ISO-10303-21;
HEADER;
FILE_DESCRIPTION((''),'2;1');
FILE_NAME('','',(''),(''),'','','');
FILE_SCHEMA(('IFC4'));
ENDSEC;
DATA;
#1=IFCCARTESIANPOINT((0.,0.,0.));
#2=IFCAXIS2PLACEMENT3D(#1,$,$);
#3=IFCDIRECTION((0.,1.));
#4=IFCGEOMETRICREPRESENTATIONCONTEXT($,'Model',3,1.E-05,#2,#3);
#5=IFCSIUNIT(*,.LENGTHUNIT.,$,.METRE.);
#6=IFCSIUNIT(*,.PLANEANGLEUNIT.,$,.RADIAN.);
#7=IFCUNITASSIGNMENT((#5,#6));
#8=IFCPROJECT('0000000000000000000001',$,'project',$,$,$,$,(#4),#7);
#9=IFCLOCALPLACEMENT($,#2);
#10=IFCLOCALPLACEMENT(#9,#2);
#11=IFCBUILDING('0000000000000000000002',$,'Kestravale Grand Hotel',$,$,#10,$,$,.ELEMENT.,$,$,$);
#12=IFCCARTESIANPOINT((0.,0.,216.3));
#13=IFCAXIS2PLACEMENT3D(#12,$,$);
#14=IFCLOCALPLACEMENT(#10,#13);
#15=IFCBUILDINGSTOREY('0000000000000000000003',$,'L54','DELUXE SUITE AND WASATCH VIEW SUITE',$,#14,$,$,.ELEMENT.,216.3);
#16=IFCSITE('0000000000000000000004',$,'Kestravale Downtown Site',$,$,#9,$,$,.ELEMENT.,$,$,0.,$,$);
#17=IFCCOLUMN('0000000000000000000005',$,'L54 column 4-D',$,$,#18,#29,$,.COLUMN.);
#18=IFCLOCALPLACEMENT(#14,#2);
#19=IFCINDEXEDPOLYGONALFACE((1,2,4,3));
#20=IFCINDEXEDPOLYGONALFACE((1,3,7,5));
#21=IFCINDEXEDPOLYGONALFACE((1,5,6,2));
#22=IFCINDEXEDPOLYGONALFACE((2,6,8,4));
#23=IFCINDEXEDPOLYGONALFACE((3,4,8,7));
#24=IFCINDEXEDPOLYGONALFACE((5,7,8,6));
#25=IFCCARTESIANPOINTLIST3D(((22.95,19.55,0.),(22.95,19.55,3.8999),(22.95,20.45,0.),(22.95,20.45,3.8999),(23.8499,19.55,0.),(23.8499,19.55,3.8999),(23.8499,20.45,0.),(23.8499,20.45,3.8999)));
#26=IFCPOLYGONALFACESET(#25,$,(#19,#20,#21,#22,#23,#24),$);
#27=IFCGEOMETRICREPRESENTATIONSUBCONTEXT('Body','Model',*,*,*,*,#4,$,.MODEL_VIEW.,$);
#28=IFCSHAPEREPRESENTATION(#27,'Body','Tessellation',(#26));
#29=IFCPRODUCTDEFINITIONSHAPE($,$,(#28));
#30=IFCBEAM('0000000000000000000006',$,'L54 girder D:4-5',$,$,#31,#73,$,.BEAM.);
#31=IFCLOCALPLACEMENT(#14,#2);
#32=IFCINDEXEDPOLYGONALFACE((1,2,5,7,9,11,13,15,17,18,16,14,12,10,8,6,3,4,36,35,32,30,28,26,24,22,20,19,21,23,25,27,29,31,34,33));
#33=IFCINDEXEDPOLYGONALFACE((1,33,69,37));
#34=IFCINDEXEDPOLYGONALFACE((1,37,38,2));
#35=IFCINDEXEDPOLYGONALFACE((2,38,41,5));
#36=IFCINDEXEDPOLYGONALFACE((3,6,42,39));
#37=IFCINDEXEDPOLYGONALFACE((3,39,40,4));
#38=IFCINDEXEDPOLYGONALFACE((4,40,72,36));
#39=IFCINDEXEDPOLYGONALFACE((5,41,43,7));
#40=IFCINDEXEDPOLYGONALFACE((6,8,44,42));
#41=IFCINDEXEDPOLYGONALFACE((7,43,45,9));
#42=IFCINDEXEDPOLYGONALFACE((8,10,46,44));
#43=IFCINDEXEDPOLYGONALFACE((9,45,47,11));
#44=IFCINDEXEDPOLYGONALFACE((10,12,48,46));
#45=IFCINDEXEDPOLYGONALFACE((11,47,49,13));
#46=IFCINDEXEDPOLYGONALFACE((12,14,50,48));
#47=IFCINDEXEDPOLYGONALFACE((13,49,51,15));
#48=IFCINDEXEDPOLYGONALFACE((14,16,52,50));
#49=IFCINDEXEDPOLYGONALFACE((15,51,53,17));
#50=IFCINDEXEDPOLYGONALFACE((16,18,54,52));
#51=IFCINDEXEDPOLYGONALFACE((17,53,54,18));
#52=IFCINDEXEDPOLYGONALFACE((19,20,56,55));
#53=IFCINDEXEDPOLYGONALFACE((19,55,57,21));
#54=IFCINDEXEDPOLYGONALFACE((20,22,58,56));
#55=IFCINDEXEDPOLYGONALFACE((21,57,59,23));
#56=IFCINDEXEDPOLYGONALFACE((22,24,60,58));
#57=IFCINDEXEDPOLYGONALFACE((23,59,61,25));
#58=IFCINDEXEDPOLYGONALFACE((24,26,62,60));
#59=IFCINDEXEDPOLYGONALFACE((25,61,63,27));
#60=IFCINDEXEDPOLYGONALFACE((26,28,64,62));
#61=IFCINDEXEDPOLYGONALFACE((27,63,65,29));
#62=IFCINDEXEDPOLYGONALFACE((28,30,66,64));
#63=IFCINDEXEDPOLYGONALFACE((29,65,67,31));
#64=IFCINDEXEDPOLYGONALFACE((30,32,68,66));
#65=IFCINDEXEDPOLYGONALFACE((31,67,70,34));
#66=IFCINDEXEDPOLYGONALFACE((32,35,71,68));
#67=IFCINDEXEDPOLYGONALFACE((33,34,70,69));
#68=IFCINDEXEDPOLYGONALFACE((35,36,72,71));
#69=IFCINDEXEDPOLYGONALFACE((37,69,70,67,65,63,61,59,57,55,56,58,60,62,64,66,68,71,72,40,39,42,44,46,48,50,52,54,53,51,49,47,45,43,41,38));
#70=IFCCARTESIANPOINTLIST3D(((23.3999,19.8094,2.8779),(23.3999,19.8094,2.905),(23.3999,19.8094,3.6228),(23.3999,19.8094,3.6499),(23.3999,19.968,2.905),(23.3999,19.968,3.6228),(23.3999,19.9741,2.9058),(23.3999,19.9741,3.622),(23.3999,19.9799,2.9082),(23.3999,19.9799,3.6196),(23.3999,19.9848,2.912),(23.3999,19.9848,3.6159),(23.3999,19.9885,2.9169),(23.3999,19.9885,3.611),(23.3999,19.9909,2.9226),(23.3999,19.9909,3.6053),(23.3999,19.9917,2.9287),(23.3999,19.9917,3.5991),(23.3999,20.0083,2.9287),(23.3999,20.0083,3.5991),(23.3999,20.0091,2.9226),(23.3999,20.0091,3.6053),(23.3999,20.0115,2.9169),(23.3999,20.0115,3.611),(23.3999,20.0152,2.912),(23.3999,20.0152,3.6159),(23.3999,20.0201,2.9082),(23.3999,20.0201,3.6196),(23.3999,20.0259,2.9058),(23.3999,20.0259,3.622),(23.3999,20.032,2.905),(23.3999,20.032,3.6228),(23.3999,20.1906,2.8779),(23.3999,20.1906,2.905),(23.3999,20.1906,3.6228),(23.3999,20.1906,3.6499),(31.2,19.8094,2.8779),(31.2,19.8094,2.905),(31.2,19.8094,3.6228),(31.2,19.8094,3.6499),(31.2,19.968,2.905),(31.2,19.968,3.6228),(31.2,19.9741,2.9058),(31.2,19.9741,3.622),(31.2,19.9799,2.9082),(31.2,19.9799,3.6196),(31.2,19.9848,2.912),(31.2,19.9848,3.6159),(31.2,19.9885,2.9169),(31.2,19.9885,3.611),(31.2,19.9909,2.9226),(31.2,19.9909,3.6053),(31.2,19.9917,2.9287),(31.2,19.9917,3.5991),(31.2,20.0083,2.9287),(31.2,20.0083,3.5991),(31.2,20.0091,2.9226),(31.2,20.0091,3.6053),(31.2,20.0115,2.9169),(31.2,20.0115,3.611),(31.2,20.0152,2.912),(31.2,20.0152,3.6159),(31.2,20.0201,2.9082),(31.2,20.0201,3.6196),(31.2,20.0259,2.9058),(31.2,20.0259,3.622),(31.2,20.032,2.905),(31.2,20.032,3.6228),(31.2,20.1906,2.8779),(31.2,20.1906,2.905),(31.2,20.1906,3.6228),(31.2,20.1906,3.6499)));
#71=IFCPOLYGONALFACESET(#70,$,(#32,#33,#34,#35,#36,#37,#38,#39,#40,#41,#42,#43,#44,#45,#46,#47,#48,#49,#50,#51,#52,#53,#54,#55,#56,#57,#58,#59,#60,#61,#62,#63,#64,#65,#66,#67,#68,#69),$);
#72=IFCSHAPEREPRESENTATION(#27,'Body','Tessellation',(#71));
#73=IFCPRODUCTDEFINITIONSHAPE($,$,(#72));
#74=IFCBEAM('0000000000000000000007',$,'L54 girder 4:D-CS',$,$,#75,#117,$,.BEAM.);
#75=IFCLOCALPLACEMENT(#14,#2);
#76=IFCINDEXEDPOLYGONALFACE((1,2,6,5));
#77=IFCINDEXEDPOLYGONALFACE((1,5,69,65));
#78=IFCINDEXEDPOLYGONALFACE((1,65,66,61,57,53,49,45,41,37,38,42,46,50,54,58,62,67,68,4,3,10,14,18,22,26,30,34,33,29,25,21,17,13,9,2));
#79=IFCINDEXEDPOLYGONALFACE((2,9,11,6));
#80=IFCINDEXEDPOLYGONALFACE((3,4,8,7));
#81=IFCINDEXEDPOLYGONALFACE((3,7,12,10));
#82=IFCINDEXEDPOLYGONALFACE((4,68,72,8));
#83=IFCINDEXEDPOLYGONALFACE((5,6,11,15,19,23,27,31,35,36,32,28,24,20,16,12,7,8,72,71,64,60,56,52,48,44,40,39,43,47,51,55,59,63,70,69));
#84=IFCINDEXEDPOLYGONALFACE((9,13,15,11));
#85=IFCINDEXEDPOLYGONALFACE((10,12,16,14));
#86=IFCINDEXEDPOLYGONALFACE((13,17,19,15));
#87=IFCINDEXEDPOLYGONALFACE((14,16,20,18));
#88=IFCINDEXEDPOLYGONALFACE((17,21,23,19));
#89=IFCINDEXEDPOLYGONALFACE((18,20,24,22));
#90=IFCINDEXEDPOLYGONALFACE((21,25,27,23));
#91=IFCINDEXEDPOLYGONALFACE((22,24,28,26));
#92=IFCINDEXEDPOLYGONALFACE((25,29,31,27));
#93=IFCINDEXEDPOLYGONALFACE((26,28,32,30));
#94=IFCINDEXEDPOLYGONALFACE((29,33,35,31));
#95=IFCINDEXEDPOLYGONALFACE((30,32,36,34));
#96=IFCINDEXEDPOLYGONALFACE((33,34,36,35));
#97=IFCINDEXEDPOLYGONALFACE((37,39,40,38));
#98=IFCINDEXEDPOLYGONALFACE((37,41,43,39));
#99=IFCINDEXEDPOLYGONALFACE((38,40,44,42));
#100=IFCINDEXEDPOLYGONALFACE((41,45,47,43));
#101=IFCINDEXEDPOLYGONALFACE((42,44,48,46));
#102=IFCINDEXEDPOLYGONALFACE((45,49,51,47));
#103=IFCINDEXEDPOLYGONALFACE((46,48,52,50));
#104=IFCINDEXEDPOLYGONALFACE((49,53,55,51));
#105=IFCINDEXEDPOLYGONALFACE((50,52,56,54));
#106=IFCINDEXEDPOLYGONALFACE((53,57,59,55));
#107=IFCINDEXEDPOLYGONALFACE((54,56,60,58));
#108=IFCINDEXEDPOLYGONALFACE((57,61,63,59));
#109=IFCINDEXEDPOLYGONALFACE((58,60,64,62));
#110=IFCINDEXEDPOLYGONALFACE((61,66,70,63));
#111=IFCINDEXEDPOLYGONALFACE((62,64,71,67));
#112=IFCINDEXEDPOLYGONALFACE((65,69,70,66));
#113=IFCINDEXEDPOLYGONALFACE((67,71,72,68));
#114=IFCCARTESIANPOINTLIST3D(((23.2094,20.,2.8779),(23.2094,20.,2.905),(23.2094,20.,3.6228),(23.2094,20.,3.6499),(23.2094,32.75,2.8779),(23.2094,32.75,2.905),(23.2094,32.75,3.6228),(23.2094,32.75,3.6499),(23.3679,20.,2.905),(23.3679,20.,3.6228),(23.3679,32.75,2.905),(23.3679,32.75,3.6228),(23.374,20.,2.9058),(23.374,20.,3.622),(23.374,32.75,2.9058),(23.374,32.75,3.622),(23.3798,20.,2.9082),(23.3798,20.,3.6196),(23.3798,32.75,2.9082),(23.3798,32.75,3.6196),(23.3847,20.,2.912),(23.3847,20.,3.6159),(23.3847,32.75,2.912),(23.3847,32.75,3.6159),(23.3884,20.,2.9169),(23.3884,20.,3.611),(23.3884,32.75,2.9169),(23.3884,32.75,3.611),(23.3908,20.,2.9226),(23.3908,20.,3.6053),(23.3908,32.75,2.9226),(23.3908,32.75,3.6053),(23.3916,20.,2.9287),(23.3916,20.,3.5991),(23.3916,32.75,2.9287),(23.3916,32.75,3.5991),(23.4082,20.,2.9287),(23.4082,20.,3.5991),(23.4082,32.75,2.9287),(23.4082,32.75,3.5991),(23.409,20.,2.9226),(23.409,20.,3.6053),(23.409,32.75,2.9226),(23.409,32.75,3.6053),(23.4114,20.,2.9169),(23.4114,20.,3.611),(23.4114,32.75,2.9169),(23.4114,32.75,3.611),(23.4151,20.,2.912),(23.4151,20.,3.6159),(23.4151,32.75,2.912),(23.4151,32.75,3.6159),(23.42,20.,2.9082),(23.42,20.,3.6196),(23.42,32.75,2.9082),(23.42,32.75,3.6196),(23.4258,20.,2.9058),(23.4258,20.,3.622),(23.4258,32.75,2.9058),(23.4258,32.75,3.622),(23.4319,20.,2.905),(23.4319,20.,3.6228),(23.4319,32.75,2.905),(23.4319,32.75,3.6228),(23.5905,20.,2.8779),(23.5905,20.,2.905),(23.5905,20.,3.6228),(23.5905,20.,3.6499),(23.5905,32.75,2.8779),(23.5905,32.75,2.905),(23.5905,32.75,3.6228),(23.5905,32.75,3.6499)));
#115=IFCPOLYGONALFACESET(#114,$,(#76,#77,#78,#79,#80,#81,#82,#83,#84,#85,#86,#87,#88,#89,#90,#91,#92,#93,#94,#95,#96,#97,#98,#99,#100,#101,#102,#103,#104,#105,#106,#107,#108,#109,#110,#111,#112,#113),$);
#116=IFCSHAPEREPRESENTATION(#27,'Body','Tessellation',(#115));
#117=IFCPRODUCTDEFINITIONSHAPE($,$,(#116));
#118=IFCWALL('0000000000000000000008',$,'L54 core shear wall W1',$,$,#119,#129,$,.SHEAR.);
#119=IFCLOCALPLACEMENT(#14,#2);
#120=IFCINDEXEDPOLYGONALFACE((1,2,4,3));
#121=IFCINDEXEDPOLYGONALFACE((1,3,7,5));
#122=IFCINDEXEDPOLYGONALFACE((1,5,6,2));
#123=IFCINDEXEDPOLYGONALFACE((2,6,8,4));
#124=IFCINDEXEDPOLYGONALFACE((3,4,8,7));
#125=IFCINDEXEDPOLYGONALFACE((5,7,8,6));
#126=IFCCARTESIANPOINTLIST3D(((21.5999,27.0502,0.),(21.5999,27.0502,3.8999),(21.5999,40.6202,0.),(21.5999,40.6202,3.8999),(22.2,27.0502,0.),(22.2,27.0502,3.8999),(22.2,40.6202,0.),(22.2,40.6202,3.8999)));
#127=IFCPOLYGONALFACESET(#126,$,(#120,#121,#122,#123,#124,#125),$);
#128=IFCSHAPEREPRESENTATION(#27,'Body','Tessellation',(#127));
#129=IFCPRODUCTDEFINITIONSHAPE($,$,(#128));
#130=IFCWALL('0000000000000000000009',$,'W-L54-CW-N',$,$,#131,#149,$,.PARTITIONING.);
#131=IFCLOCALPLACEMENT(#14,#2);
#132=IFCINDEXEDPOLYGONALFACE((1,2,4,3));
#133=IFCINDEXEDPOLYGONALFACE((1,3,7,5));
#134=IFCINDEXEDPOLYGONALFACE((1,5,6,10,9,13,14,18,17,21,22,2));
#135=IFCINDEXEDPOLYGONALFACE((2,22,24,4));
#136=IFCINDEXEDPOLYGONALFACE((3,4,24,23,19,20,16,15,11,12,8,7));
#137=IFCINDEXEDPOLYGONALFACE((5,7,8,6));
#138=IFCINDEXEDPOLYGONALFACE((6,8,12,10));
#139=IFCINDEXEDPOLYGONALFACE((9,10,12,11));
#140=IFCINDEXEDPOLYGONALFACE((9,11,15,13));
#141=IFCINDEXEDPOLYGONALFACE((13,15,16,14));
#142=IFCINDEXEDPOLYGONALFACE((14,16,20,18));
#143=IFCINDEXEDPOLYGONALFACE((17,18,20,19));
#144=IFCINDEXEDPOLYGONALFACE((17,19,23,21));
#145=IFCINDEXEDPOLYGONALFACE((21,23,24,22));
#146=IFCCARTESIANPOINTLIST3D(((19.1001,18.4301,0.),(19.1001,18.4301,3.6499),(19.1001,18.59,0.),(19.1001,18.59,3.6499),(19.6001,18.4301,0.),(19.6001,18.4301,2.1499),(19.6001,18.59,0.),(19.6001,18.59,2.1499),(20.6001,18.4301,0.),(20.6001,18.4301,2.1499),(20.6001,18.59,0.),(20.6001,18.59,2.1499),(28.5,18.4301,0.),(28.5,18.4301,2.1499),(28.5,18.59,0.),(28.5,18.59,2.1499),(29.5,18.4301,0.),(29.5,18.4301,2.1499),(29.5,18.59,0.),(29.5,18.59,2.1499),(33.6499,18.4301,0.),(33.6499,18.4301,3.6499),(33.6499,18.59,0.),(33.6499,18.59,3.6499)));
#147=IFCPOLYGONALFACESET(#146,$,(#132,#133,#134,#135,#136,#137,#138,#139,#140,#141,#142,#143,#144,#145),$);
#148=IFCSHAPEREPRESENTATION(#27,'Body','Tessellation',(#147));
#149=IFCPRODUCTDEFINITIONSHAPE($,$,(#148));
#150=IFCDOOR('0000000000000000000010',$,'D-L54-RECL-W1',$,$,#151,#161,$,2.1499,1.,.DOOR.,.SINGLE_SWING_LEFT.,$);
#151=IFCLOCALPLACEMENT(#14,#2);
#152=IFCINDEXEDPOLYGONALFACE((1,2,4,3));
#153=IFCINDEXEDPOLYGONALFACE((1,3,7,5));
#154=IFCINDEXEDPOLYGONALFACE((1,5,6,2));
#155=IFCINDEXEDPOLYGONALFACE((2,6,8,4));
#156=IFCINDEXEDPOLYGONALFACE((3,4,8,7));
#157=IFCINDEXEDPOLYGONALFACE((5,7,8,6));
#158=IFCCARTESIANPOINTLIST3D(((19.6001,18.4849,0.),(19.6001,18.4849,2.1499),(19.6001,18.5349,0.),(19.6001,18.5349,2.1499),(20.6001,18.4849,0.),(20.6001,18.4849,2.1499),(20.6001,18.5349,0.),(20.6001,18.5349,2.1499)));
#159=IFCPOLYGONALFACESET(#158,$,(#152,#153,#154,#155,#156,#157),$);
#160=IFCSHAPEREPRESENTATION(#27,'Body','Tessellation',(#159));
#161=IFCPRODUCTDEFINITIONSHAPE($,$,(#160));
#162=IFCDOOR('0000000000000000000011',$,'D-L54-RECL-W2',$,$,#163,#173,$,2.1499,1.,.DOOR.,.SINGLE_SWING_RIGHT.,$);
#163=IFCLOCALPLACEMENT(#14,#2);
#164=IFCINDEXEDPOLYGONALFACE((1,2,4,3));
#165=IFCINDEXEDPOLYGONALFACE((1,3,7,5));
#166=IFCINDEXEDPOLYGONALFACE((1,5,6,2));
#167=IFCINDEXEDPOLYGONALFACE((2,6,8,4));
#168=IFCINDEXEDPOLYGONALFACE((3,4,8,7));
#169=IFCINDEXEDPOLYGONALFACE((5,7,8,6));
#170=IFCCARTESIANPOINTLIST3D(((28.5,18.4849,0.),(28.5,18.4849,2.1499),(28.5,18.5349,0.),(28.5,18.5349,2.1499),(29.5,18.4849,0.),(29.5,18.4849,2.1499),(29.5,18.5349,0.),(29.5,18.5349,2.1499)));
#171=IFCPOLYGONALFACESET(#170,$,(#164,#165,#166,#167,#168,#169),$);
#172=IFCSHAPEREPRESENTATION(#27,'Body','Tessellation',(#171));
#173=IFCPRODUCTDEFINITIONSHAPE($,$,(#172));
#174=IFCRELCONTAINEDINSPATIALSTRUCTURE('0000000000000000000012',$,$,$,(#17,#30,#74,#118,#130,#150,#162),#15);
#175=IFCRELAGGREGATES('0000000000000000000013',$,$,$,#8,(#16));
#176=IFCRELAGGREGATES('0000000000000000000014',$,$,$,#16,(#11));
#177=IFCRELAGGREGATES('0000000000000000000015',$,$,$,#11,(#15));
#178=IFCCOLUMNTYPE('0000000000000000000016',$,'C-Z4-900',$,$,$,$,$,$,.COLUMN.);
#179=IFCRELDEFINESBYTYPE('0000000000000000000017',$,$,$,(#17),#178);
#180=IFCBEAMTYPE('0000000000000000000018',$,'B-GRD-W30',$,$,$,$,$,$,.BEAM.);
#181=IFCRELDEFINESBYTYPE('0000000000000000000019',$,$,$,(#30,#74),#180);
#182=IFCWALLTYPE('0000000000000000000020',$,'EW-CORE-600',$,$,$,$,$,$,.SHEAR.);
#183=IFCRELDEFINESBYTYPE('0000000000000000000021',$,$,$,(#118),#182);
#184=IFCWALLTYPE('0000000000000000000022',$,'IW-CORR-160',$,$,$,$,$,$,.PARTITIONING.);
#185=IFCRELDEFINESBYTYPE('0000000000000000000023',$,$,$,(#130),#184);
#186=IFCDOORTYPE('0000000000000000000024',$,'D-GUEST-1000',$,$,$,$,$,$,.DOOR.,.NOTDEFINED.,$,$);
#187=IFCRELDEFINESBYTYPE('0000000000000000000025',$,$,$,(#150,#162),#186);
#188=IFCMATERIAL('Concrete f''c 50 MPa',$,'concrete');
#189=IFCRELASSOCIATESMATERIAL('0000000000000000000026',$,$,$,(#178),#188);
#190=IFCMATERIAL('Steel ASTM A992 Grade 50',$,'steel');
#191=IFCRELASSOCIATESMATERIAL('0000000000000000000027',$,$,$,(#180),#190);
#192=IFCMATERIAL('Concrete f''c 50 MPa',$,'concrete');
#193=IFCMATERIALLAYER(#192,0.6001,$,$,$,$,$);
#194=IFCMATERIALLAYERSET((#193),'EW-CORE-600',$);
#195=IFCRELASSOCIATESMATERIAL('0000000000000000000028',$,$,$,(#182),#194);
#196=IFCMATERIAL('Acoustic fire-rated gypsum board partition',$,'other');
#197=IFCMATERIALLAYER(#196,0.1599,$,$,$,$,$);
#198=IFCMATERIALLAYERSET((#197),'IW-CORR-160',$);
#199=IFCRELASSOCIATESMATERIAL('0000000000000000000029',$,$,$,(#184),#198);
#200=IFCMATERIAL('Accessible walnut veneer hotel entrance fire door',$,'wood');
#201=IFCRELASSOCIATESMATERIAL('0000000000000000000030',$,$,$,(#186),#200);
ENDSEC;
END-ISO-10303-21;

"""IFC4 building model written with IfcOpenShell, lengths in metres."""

from ifc_helpers import new_model, si_unit, direction, frame, frame_2d, origin, origin_2d, place, context, subcontext, project, spatial, rectangle, i_section, extrude, material, layer, layer_set, material_profile, profile_set, type_object, element, fill, save


model = new_model("IFC4")

# Units and contexts
model_context = context("Model", 3, precision=1e-05, world=origin(), true_north=direction((0.0, 1.0)))
body_context = subcontext(model_context, "Body", "Model", "MODEL_VIEW")
ifc_project = project(units=[si_unit("LENGTHUNIT", "METRE"), si_unit("PLANEANGLEUNIT", "RADIAN")], contexts=[model_context])

# Site, building, storey
site_placement = place(None, origin())
site = spatial("IfcSite", under=ifc_project, at=site_placement, Name="Kestravale Downtown Site", CompositionType="ELEMENT", RefElevation=0.0)
building_placement = place(site_placement, origin())
building = spatial("IfcBuilding", under=site, at=building_placement, Name="Kestravale Grand Hotel", CompositionType="ELEMENT")
storey_placement = place(building_placement, frame((0.0, 0.0, 216.3)))
storey = spatial("IfcBuildingStorey", under=building, at=storey_placement, Name="L54", Description="DELUXE SUITE AND WASATCH VIEW SUITE", CompositionType="ELEMENT", Elevation=216.3)

# Column
ifc_material_1 = material(Name="Concrete f'c 50 MPa", Category="concrete")
ifc_material_profile_1 = material_profile(ifc_material_1, rectangle(XDim=0.8999, YDim=0.8999, at=origin_2d()))
ifc_profile_set_1 = profile_set([ifc_material_profile_1], Name="Concrete f'c 50 MPa")
column_type = type_object("IfcColumnType", Name="C-Z4-900", PredefinedType="COLUMN", material=ifc_profile_set_1)
column_placement = place(storey_placement, frame((23.3999, 20.0, 0.0), z_axis=(0.0, 0.0, 1.0), x_axis=(1.0, 0.0, 0.0)))
element("IfcColumn", 1, at=column_placement, inside=storey, type_object=column_type, Name="L54 column 4-D", PredefinedType="COLUMN", context=body_context, shape_type="SweptSolid", body=[
    extrude(rectangle(XDim=0.8999, YDim=0.8999, at=origin_2d()), origin(), (0.0, 0.0, 1.0), 3.8999),
])

# Beams
ifc_material_2 = material(Name="Steel ASTM A992 Grade 50", Category="steel")
ifc_material_profile_2 = material_profile(ifc_material_2, i_section(OverallWidth=0.3811, OverallDepth=0.772, WebThickness=0.0166, FlangeThickness=0.0271, FilletRadius=0.0237, at=origin_2d()))
ifc_profile_set_2 = profile_set([ifc_material_profile_2], Name="Steel ASTM A992 Grade 50")
beam_type = type_object("IfcBeamType", Name="B-GRD-W30", PredefinedType="BEAM", material=ifc_profile_set_2)
beam_1_placement = place(storey_placement, frame((23.3999, 20.0, 3.2639), z_axis=(1.0, 0.0, 0.0), x_axis=(0.0, 1.0, 0.0)))
element("IfcBeam", 2, at=beam_1_placement, inside=storey, type_object=beam_type, Name="L54 girder D:4-5", PredefinedType="BEAM", context=body_context, shape_type="SweptSolid", body=[
    extrude(i_section(OverallWidth=0.3811, OverallDepth=0.772, WebThickness=0.0166, FlangeThickness=0.0271, FilletRadius=0.0237, at=origin_2d()), origin(), (0.0, 0.0, 1.0), 7.8),
])
beam_2_placement = place(storey_placement, frame((23.3999, 20.0, 3.2639), z_axis=(0.0, 1.0, 0.0), x_axis=(-1.0, 0.0, 0.0)))
element("IfcBeam", 3, at=beam_2_placement, inside=storey, type_object=beam_type, Name="L54 girder 4:D-CS", PredefinedType="BEAM", context=body_context, shape_type="SweptSolid", body=[
    extrude(i_section(OverallWidth=0.3811, OverallDepth=0.772, WebThickness=0.0166, FlangeThickness=0.0271, FilletRadius=0.0237, at=origin_2d()), origin(), (0.0, 0.0, 1.0), 12.75),
])

# Wall
ifc_material_3 = material(Name="Concrete f'c 50 MPa", Category="concrete")
ifc_layer_1 = layer(ifc_material_3, 0.6001)
ifc_layer_set_1 = layer_set([ifc_layer_1], Name="EW-CORE-600")
wall_type_1 = type_object("IfcWallType", Name="EW-CORE-600", PredefinedType="SHEAR", material=ifc_layer_set_1)
wall_1_placement = place(storey_placement, frame((21.8999, 27.05, 0.0), z_axis=(0.0, 0.0, 1.0), x_axis=(0.0, 1.0, 0.0)))
element("IfcWall", 4, at=wall_1_placement, inside=storey, type_object=wall_type_1, Name="L54 core shear wall W1", PredefinedType="SHEAR", context=body_context, shape_type="SweptSolid", body=[
    extrude(rectangle(XDim=13.5701, YDim=0.6001, at=frame_2d((6.7852, 0.0))), origin(), (0.0, 0.0, 1.0), 3.8999),
])

# Wall, openings, doors
ifc_material_4 = material(Name="Acoustic fire-rated gypsum board partition", Category="other")
ifc_layer_2 = layer(ifc_material_4, 0.1599)
ifc_layer_set_2 = layer_set([ifc_layer_2], Name="IW-CORR-160")
wall_type_2 = type_object("IfcWallType", Name="IW-CORR-160", PredefinedType="PARTITIONING", material=ifc_layer_set_2)
wall_2_placement = place(storey_placement, frame((19.1001, 18.51, 0.0), z_axis=(0.0, 0.0, 1.0), x_axis=(1.0, 0.0, 0.0)))
wall_2 = element("IfcWall", 5, at=wall_2_placement, inside=storey, type_object=wall_type_2, Name="W-L54-CW-N", PredefinedType="PARTITIONING", context=body_context, shape_type="SweptSolid", body=[
    extrude(rectangle(XDim=14.5498, YDim=0.1599, at=frame_2d((7.2749, 0.0))), origin(), (0.0, 0.0, 1.0), 3.6499),
])
opening_1_placement = place(wall_2_placement, frame((0.5, 0.0, 0.0)))
opening_1 = element("IfcOpeningElement", 6, at=opening_1_placement, cuts=wall_2, PredefinedType="OPENING", context=body_context, shape_type="SweptSolid", body=[
    extrude(rectangle(XDim=1.0, YDim=2.1499, at=frame_2d((0.5, 1.075))), frame((0.0, 0.0898, 0.0), z_axis=(0.0, -1.0, 0.0), x_axis=(1.0, 0.0, 0.0)), (0.0, 0.0, 1.0), 0.1799),
])
opening_2_placement = place(wall_2_placement, frame((9.3999, 0.0, 0.0)))
opening_2 = element("IfcOpeningElement", 7, at=opening_2_placement, cuts=wall_2, PredefinedType="OPENING", context=body_context, shape_type="SweptSolid", body=[
    extrude(rectangle(XDim=1.0, YDim=2.1499, at=frame_2d((0.5, 1.075))), frame((0.0, 0.0898, 0.0), z_axis=(0.0, -1.0, 0.0), x_axis=(1.0, 0.0, 0.0)), (0.0, 0.0, 1.0), 0.1799),
])
ifc_material_5 = material(Name="Accessible walnut veneer hotel entrance fire door", Category="wood")
door_type_1 = type_object("IfcDoorType", Name="D-GUEST-1000", OperationType="NOTDEFINED", PredefinedType="DOOR", material=ifc_material_5)
door_1_placement = place(opening_1_placement, origin())
door_1 = element("IfcDoor", 8, at=door_1_placement, inside=storey, type_object=door_type_1, Name="D-L54-RECL-W1", OperationType="SINGLE_SWING_LEFT", OverallHeight=2.1499, OverallWidth=1.0, PredefinedType="DOOR", context=body_context, shape_type="SweptSolid", body=[
    extrude(rectangle(XDim=1.0, YDim=2.1499, at=frame_2d((0.5, 1.075))), frame((0.0, 0.0249, 0.0), z_axis=(0.0, -1.0, 0.0), x_axis=(1.0, 0.0, 0.0)), (0.0, 0.0, 1.0), 0.05),
])
fill(opening_1, door_1)
door_2_placement = place(opening_2_placement, origin())
door_2 = element("IfcDoor", 9, at=door_2_placement, inside=storey, type_object=door_type_1, Name="D-L54-RECL-W2", OperationType="SINGLE_SWING_RIGHT", OverallHeight=2.1499, OverallWidth=1.0, PredefinedType="DOOR", context=body_context, shape_type="SweptSolid", body=[
    extrude(rectangle(XDim=1.0, YDim=2.1499, at=frame_2d((0.5, 1.075))), frame((0.0, 0.0249, 0.0), z_axis=(0.0, -1.0, 0.0), x_axis=(1.0, 0.0, 0.0)), (0.0, 0.0, 1.0), 0.05),
])
fill(opening_2, door_2)

save(model, "model.ifc")
